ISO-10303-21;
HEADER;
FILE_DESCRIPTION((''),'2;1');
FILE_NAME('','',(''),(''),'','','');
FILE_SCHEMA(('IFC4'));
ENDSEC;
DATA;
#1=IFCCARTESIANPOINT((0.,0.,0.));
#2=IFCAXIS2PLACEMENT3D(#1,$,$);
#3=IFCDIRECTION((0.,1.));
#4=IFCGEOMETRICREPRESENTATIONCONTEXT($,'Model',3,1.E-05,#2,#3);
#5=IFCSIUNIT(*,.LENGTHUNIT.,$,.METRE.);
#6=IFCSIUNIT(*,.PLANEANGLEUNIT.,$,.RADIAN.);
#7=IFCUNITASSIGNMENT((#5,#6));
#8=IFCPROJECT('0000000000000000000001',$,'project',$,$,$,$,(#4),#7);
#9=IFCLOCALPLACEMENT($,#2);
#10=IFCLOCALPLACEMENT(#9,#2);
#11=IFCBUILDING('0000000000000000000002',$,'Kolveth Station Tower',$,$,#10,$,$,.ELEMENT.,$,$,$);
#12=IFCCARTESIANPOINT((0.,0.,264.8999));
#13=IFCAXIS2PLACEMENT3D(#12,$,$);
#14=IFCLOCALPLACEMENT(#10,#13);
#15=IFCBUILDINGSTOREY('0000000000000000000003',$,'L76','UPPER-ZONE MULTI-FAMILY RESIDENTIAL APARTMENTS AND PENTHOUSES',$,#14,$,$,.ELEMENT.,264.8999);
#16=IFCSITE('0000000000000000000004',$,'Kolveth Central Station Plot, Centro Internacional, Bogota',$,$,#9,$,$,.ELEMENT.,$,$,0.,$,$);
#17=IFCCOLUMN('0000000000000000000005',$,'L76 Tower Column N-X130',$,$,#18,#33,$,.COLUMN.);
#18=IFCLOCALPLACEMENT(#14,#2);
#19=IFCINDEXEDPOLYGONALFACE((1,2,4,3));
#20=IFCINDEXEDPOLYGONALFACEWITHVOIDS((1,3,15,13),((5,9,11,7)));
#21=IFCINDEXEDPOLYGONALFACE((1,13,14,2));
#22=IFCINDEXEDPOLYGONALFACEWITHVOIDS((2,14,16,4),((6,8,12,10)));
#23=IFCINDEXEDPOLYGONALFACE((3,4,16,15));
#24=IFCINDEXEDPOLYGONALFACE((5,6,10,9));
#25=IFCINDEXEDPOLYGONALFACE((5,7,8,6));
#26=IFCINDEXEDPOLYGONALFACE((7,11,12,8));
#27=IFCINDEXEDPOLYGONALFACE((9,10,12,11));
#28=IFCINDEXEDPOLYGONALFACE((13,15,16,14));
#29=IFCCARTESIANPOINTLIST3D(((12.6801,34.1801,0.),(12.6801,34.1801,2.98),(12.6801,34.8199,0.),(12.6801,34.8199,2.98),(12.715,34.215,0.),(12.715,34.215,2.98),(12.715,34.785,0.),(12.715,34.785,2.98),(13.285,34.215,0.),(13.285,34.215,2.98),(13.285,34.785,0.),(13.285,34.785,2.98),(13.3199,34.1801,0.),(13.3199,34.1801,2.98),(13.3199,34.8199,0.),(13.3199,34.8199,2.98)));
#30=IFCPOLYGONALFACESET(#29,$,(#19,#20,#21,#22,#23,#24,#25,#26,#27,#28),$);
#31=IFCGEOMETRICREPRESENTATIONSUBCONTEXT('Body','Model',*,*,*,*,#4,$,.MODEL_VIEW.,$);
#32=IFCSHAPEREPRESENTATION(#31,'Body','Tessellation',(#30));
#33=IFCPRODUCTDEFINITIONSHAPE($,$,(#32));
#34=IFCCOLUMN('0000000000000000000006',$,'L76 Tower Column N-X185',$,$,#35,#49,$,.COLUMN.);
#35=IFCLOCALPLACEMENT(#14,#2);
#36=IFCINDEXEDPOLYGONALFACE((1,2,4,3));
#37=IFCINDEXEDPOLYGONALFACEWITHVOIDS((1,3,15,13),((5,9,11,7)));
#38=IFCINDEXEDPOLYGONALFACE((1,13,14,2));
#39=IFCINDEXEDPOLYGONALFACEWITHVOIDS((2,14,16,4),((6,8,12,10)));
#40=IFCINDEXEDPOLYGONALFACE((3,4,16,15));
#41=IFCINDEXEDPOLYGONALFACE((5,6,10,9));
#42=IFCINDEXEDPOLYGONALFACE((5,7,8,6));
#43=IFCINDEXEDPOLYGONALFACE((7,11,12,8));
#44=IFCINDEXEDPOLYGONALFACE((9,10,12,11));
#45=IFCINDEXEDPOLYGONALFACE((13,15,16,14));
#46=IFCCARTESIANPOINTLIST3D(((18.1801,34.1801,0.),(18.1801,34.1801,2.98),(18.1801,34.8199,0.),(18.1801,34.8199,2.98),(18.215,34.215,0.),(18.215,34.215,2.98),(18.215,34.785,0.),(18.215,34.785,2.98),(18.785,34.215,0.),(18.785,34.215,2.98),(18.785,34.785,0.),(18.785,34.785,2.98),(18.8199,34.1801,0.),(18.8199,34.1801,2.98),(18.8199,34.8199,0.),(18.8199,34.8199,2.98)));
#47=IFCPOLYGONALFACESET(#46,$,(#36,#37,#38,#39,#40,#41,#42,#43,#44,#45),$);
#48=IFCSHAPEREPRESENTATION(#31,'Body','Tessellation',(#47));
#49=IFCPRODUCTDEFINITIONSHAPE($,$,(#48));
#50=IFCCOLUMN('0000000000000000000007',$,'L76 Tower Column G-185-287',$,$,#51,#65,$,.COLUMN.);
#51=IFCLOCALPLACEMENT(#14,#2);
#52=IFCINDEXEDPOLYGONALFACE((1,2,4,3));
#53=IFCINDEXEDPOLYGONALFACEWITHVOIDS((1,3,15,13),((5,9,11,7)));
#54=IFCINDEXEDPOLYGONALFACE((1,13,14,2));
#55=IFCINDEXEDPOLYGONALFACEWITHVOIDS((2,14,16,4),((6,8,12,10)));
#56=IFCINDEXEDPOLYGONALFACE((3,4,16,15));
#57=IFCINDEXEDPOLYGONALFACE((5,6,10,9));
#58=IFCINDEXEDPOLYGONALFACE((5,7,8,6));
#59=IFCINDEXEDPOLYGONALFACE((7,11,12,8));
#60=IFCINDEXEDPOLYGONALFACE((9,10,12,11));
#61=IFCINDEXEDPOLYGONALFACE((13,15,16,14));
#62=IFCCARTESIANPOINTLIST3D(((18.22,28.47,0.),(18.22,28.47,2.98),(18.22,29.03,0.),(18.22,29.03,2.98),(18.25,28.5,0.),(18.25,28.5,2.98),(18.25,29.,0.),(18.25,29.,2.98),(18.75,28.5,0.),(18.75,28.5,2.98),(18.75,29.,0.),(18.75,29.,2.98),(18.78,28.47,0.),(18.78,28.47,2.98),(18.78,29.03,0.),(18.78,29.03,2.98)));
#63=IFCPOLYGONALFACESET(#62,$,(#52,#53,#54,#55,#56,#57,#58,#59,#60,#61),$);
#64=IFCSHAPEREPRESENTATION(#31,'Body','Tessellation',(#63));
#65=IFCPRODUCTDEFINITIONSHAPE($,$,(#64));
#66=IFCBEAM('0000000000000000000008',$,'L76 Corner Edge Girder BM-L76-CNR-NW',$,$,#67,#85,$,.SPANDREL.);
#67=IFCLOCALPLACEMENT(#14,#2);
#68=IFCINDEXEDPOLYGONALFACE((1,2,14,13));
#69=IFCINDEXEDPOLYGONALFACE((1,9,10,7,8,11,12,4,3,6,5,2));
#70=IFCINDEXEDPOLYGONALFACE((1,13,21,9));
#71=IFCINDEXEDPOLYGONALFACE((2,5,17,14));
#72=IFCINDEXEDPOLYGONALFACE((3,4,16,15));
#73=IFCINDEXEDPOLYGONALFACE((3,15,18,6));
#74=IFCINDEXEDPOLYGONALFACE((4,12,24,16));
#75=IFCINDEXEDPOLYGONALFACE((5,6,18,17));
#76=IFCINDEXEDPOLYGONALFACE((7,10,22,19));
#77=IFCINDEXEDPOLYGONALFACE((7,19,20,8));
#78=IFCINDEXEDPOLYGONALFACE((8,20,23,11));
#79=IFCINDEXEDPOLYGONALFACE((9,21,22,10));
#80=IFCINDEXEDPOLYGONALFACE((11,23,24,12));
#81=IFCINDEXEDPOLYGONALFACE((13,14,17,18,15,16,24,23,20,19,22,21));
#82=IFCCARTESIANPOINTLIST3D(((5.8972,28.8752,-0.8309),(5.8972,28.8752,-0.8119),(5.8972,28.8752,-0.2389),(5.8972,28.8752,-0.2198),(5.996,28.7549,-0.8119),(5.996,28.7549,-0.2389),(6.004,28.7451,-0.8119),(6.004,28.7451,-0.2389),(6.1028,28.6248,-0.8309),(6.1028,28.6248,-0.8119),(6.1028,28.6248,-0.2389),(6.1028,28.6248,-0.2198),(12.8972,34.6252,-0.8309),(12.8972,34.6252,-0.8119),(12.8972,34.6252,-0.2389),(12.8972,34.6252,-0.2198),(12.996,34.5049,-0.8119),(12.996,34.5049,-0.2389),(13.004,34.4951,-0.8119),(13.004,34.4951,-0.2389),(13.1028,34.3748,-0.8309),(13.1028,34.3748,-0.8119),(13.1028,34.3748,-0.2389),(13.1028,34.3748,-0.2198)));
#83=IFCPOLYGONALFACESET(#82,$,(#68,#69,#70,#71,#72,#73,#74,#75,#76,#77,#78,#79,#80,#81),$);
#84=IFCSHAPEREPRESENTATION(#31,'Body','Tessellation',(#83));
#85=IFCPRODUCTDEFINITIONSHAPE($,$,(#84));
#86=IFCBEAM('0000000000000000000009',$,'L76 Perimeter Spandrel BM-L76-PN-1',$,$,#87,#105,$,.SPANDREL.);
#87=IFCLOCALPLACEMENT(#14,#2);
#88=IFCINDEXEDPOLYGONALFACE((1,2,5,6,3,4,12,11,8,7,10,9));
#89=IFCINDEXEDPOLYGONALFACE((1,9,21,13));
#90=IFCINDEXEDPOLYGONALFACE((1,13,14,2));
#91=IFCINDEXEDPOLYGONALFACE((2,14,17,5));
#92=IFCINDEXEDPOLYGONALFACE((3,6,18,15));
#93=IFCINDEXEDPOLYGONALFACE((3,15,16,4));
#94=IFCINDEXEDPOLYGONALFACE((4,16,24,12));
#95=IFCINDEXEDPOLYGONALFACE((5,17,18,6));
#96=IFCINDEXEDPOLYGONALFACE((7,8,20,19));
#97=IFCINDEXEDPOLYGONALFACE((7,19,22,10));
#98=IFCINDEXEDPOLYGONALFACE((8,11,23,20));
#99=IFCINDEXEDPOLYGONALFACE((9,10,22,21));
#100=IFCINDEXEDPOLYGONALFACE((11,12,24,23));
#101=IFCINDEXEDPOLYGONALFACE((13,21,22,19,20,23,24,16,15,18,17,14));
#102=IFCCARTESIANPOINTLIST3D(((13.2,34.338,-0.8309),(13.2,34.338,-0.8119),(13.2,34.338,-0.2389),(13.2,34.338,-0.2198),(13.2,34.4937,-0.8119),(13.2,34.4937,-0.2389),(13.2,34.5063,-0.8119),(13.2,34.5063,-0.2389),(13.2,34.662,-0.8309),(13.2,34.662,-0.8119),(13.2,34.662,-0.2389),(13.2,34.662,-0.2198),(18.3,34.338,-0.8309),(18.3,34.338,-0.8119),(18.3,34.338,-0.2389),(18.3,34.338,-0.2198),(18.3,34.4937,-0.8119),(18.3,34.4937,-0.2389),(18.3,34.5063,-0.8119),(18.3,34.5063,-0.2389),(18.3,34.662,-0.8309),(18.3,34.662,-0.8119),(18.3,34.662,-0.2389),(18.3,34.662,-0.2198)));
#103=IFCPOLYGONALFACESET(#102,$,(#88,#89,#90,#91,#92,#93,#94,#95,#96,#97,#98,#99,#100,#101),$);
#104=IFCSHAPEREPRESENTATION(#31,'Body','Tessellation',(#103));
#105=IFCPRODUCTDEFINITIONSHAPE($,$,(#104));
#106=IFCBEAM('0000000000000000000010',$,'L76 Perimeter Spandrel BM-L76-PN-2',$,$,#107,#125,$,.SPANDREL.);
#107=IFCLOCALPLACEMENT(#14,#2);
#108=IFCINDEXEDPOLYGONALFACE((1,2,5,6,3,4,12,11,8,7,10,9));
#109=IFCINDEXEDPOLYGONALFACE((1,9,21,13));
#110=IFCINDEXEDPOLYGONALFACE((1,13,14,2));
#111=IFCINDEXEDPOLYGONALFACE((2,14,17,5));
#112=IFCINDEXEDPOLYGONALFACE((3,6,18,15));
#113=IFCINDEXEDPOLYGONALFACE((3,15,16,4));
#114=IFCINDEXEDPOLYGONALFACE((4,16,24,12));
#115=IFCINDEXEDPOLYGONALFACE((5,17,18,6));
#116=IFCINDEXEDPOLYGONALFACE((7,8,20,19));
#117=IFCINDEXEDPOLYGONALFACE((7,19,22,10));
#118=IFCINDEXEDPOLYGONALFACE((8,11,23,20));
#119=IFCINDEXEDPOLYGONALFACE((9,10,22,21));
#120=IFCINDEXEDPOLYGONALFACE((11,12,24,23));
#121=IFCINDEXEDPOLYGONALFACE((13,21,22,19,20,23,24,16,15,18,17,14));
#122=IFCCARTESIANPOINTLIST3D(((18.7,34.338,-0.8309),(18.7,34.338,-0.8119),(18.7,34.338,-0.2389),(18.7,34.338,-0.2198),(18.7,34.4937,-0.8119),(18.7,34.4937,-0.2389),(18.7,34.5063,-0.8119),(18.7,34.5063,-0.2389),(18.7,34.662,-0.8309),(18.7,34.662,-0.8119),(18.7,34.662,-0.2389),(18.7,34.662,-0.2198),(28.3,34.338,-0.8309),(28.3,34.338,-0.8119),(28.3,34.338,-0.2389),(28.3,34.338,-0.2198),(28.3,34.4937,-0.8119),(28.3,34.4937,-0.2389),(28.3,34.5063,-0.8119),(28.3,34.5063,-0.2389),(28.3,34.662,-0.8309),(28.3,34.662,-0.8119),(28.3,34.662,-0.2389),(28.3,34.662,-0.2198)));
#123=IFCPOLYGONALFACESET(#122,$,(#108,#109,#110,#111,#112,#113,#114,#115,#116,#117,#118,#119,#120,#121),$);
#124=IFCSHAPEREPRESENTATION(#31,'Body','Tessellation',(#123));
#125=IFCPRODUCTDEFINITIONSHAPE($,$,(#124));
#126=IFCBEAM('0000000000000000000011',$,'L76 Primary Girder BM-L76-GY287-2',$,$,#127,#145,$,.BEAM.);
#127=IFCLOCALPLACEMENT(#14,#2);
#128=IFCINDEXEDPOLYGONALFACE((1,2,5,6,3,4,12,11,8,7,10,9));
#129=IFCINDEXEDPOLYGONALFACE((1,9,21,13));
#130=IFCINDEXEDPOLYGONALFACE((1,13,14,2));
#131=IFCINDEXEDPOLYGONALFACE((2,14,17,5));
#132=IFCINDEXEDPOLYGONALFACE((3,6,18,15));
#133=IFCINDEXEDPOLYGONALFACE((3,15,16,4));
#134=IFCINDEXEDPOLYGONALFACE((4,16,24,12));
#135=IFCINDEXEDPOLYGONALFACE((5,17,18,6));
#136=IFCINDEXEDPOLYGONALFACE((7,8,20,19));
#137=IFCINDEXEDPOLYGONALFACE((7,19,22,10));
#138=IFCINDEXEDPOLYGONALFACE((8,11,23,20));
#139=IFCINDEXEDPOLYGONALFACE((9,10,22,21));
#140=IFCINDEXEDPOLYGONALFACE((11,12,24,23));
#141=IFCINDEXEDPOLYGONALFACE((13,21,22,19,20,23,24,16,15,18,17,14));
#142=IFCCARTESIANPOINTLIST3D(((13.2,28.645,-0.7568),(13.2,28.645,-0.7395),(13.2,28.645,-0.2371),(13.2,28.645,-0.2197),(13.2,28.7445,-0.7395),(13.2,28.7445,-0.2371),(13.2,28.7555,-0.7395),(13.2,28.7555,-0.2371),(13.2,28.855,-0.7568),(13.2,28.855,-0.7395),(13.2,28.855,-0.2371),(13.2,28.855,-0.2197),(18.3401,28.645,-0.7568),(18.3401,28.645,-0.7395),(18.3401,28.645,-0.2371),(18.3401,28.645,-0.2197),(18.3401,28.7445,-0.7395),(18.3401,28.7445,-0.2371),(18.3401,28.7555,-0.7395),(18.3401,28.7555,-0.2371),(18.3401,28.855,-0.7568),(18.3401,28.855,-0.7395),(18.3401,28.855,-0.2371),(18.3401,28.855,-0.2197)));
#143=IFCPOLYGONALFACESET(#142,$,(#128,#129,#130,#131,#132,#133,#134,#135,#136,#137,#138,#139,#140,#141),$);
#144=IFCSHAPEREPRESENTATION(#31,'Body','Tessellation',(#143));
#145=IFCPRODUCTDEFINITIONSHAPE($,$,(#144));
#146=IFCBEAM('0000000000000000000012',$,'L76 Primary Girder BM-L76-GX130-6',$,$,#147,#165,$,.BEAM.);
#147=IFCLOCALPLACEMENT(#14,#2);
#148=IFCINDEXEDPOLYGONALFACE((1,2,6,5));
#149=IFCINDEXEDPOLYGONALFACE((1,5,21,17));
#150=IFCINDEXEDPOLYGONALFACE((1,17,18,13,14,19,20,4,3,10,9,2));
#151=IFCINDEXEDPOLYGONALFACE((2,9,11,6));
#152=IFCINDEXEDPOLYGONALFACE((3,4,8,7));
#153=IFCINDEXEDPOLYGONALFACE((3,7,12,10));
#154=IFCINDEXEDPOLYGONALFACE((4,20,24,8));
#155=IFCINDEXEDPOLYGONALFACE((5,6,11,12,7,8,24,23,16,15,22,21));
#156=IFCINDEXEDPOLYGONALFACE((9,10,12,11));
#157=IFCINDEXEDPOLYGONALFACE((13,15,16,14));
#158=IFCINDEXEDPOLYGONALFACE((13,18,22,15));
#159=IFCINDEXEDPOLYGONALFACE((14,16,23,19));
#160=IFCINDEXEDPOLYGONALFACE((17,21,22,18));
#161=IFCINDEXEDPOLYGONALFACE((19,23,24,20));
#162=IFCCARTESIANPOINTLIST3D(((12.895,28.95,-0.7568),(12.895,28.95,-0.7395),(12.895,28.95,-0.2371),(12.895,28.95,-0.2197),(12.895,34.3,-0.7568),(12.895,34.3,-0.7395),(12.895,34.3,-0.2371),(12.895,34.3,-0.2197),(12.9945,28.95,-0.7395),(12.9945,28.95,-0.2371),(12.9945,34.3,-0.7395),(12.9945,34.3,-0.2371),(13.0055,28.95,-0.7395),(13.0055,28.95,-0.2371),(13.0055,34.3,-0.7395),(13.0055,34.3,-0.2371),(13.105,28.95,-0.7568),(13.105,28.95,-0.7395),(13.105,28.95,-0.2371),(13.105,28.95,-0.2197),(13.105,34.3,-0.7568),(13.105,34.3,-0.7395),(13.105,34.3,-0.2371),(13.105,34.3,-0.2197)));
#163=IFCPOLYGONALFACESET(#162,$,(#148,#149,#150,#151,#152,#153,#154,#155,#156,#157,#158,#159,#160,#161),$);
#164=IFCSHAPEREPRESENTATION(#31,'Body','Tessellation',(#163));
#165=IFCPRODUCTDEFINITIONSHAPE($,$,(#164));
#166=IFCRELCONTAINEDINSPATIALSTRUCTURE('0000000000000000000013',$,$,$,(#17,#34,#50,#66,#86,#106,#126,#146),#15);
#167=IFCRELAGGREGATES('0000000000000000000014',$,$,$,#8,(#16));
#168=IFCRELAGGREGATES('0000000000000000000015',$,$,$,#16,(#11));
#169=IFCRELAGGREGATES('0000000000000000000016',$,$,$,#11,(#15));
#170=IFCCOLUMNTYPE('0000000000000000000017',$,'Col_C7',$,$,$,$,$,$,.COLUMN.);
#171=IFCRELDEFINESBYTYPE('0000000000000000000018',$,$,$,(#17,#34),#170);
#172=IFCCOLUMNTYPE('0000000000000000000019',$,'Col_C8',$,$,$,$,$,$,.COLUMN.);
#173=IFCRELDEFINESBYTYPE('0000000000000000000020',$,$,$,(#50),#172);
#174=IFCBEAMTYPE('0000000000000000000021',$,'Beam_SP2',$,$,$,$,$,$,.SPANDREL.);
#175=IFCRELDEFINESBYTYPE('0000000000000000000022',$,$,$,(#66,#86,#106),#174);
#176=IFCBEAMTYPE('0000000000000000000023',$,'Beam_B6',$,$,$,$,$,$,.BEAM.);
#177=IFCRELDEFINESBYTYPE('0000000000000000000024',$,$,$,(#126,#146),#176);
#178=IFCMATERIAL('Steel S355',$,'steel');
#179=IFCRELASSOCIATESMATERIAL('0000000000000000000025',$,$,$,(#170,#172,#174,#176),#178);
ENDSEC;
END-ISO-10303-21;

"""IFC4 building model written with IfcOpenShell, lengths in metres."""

from ifc_helpers import new_model, si_unit, direction, frame, origin, origin_2d, place, context, subcontext, project, spatial, hollow_rectangle, i_section, extrude, source, transform, mapped, material, material_profile, profile_set, type_object, element, save


model = new_model("IFC4")

# Units and contexts
model_context = context("Model", 3, precision=1e-05, world=origin(), true_north=direction((0.0, 1.0)))
body_context = subcontext(model_context, "Body", "Model", "MODEL_VIEW")
ifc_project = project(units=[si_unit("LENGTHUNIT", "METRE"), si_unit("PLANEANGLEUNIT", "RADIAN")], contexts=[model_context])

# Site, building, storey
site_placement = place(None, origin())
site = spatial("IfcSite", under=ifc_project, at=site_placement, Name="Kolveth Central Station Plot, Centro Internacional, Bogota", CompositionType="ELEMENT", RefElevation=0.0)
building_placement = place(site_placement, origin())
building = spatial("IfcBuilding", under=site, at=building_placement, Name="Kolveth Station Tower", CompositionType="ELEMENT")
storey_placement = place(building_placement, frame((0.0, 0.0, 264.8999)))
storey = spatial("IfcBuildingStorey", under=building, at=storey_placement, Name="L76", Description="UPPER-ZONE MULTI-FAMILY RESIDENTIAL APARTMENTS AND PENTHOUSES", CompositionType="ELEMENT", Elevation=264.8999)

# Columns
ifc_material_1 = material(Name="Steel S355", Category="steel")
ifc_material_profile_1 = material_profile(ifc_material_1, hollow_rectangle(XDim=0.6399, YDim=0.6399, WallThickness=0.0349, at=origin_2d()), Name="BOX640x640x35")
ifc_profile_set_1 = profile_set([ifc_material_profile_1], Name="Steel S355")
column_type_1 = type_object("IfcColumnType", Name="Col_C7", PredefinedType="COLUMN", material=ifc_profile_set_1)
shared_shape_1 = source(origin(), body_context, "Body", "SweptSolid", [
    extrude(hollow_rectangle(XDim=0.6399, YDim=0.6399, WallThickness=0.0349, at=origin_2d()), origin(), (0.0, 0.0, 1.0), 2.98),
])
for number, where, z_axis, x_axis, name in (
    (1, (13.0, 34.5, 0.0), (0.0, 0.0, 1.0), (1.0, 0.0, 0.0), "L76 Tower Column N-X130"),
    (2, (18.5, 34.5, 0.0), (0.0, 0.0, 1.0), (1.0, 0.0, 0.0), "L76 Tower Column N-X185"),
):
    element("IfcColumn", number, at=place(storey_placement, frame(where, z_axis=z_axis, x_axis=x_axis)), inside=storey, type_object=column_type_1, Name=name, PredefinedType="COLUMN", context=body_context, shape_type="MappedRepresentation", body=[
        mapped(shared_shape_1, transform((0.0, 0.0, 0.0), x_axis=(1.0, 0.0, 0.0), y_axis=(0.0, 1.0, 0.0), z_axis=(0.0, 0.0, 1.0), scale=1.0)),
    ])
ifc_material_profile_2 = material_profile(ifc_material_1, hollow_rectangle(XDim=0.5601, YDim=0.5601, WallThickness=0.03, at=origin_2d()), Name="BOX560x560x30")
ifc_profile_set_2 = profile_set([ifc_material_profile_2], Name="Steel S355")
column_type_2 = type_object("IfcColumnType", Name="Col_C8", PredefinedType="COLUMN", material=ifc_profile_set_2)
shared_shape_2 = source(origin(), body_context, "Body", "SweptSolid", [
    extrude(hollow_rectangle(XDim=0.5601, YDim=0.5601, WallThickness=0.03, at=origin_2d()), origin(), (0.0, 0.0, 1.0), 2.98),
])
column_placement = place(storey_placement, frame((18.5, 28.75, 0.0), z_axis=(0.0, 0.0, 1.0), x_axis=(1.0, 0.0, 0.0)))
element("IfcColumn", 3, at=column_placement, inside=storey, type_object=column_type_2, Name="L76 Tower Column G-185-287", PredefinedType="COLUMN", context=body_context, shape_type="MappedRepresentation", body=[
    mapped(shared_shape_2, transform((0.0, 0.0, 0.0), x_axis=(1.0, 0.0, 0.0), y_axis=(0.0, 1.0, 0.0), z_axis=(0.0, 0.0, 1.0), scale=1.0)),
])

# Beams
ifc_material_profile_3 = material_profile(ifc_material_1, i_section(OverallWidth=0.324, OverallDepth=0.6111, WebThickness=0.0127, FlangeThickness=0.019, at=origin_2d()), Name="W610x155")
ifc_profile_set_3 = profile_set([ifc_material_profile_3], Name="Steel S355")
beam_type_1 = type_object("IfcBeamType", Name="Beam_SP2", PredefinedType="SPANDREL", material=ifc_profile_set_3)
shared_shape_3 = source(origin(), body_context, "Body", "SweptSolid", [
    extrude(i_section(OverallWidth=0.324, OverallDepth=0.6111, WebThickness=0.0127, FlangeThickness=0.019, at=origin_2d()), origin(), (0.0, 0.0, 1.0), 9.0588),
])
beam_1_placement = place(storey_placement, frame((13.0, 34.5, -0.5254), z_axis=(-0.772726, -0.634739, 0.0), x_axis=(0.634739, -0.772726, 0.0)))
element("IfcBeam", 4, at=beam_1_placement, inside=storey, type_object=beam_type_1, Name="L76 Corner Edge Girder BM-L76-CNR-NW", PredefinedType="SPANDREL", context=body_context, shape_type="MappedRepresentation", body=[
    mapped(shared_shape_3, transform((0.0, 0.0, 0.0), x_axis=(1.0, 0.0, 0.0), y_axis=(0.0, 1.0, 0.0), z_axis=(0.0, 0.0, 1.0), scale=1.0)),
])
shared_shape_4 = source(origin(), body_context, "Body", "SweptSolid", [
    extrude(i_section(OverallWidth=0.324, OverallDepth=0.6111, WebThickness=0.0127, FlangeThickness=0.019, at=origin_2d()), origin(), (0.0, 0.0, 1.0), 5.1001),
])
beam_2_placement = place(storey_placement, frame((13.2, 34.5, -0.5254), z_axis=(1.0, 0.0, 0.0), x_axis=(0.0, 1.0, 0.0)))
element("IfcBeam", 5, at=beam_2_placement, inside=storey, type_object=beam_type_1, Name="L76 Perimeter Spandrel BM-L76-PN-1", PredefinedType="SPANDREL", context=body_context, shape_type="MappedRepresentation", body=[
    mapped(shared_shape_4, transform((0.0, 0.0, 0.0), x_axis=(1.0, 0.0, 0.0), y_axis=(0.0, 1.0, 0.0), z_axis=(0.0, 0.0, 1.0), scale=1.0)),
])
shared_shape_5 = source(origin(), body_context, "Body", "SweptSolid", [
    extrude(i_section(OverallWidth=0.324, OverallDepth=0.6111, WebThickness=0.0127, FlangeThickness=0.019, at=origin_2d()), origin(), (0.0, 0.0, 1.0), 9.6001),
])
beam_3_placement = place(storey_placement, frame((18.7, 34.5, -0.5254), z_axis=(1.0, 0.0, 0.0), x_axis=(0.0, 1.0, 0.0)))
element("IfcBeam", 6, at=beam_3_placement, inside=storey, type_object=beam_type_1, Name="L76 Perimeter Spandrel BM-L76-PN-2", PredefinedType="SPANDREL", context=body_context, shape_type="MappedRepresentation", body=[
    mapped(shared_shape_5, transform((0.0, 0.0, 0.0), x_axis=(1.0, 0.0, 0.0), y_axis=(0.0, 1.0, 0.0), z_axis=(0.0, 0.0, 1.0), scale=1.0)),
])
ifc_material_profile_4 = material_profile(ifc_material_1, i_section(OverallWidth=0.21, OverallDepth=0.5371, WebThickness=0.011, FlangeThickness=0.0173, at=origin_2d()), Name="W530x101")
ifc_profile_set_4 = profile_set([ifc_material_profile_4], Name="Steel S355")
beam_type_2 = type_object("IfcBeamType", Name="Beam_B6", PredefinedType="BEAM", material=ifc_profile_set_4)
shared_shape_6 = source(origin(), body_context, "Body", "SweptSolid", [
    extrude(i_section(OverallWidth=0.21, OverallDepth=0.5371, WebThickness=0.011, FlangeThickness=0.0173, at=origin_2d()), origin(), (0.0, 0.0, 1.0), 5.1401),
])
beam_4_placement = place(storey_placement, frame((13.2, 28.75, -0.4883), z_axis=(1.0, 0.0, 0.0), x_axis=(0.0, 1.0, 0.0)))
element("IfcBeam", 7, at=beam_4_placement, inside=storey, type_object=beam_type_2, Name="L76 Primary Girder BM-L76-GY287-2", PredefinedType="BEAM", context=body_context, shape_type="MappedRepresentation", body=[
    mapped(shared_shape_6, transform((0.0, 0.0, 0.0), x_axis=(1.0, 0.0, 0.0), y_axis=(0.0, 1.0, 0.0), z_axis=(0.0, 0.0, 1.0), scale=1.0)),
])
shared_shape_7 = source(origin(), body_context, "Body", "SweptSolid", [
    extrude(i_section(OverallWidth=0.21, OverallDepth=0.5371, WebThickness=0.011, FlangeThickness=0.0173, at=origin_2d()), origin(), (0.0, 0.0, 1.0), 5.3501),
])
beam_5_placement = place(storey_placement, frame((13.0, 28.95, -0.4883), z_axis=(0.0, 1.0, 0.0), x_axis=(-1.0, 0.0, 0.0)))
element("IfcBeam", 8, at=beam_5_placement, inside=storey, type_object=beam_type_2, Name="L76 Primary Girder BM-L76-GX130-6", PredefinedType="BEAM", context=body_context, shape_type="MappedRepresentation", body=[
    mapped(shared_shape_7, transform((0.0, 0.0, 0.0), x_axis=(1.0, 0.0, 0.0), y_axis=(0.0, 1.0, 0.0), z_axis=(0.0, 0.0, 1.0), scale=1.0)),
])

save(model, "model.ifc")
